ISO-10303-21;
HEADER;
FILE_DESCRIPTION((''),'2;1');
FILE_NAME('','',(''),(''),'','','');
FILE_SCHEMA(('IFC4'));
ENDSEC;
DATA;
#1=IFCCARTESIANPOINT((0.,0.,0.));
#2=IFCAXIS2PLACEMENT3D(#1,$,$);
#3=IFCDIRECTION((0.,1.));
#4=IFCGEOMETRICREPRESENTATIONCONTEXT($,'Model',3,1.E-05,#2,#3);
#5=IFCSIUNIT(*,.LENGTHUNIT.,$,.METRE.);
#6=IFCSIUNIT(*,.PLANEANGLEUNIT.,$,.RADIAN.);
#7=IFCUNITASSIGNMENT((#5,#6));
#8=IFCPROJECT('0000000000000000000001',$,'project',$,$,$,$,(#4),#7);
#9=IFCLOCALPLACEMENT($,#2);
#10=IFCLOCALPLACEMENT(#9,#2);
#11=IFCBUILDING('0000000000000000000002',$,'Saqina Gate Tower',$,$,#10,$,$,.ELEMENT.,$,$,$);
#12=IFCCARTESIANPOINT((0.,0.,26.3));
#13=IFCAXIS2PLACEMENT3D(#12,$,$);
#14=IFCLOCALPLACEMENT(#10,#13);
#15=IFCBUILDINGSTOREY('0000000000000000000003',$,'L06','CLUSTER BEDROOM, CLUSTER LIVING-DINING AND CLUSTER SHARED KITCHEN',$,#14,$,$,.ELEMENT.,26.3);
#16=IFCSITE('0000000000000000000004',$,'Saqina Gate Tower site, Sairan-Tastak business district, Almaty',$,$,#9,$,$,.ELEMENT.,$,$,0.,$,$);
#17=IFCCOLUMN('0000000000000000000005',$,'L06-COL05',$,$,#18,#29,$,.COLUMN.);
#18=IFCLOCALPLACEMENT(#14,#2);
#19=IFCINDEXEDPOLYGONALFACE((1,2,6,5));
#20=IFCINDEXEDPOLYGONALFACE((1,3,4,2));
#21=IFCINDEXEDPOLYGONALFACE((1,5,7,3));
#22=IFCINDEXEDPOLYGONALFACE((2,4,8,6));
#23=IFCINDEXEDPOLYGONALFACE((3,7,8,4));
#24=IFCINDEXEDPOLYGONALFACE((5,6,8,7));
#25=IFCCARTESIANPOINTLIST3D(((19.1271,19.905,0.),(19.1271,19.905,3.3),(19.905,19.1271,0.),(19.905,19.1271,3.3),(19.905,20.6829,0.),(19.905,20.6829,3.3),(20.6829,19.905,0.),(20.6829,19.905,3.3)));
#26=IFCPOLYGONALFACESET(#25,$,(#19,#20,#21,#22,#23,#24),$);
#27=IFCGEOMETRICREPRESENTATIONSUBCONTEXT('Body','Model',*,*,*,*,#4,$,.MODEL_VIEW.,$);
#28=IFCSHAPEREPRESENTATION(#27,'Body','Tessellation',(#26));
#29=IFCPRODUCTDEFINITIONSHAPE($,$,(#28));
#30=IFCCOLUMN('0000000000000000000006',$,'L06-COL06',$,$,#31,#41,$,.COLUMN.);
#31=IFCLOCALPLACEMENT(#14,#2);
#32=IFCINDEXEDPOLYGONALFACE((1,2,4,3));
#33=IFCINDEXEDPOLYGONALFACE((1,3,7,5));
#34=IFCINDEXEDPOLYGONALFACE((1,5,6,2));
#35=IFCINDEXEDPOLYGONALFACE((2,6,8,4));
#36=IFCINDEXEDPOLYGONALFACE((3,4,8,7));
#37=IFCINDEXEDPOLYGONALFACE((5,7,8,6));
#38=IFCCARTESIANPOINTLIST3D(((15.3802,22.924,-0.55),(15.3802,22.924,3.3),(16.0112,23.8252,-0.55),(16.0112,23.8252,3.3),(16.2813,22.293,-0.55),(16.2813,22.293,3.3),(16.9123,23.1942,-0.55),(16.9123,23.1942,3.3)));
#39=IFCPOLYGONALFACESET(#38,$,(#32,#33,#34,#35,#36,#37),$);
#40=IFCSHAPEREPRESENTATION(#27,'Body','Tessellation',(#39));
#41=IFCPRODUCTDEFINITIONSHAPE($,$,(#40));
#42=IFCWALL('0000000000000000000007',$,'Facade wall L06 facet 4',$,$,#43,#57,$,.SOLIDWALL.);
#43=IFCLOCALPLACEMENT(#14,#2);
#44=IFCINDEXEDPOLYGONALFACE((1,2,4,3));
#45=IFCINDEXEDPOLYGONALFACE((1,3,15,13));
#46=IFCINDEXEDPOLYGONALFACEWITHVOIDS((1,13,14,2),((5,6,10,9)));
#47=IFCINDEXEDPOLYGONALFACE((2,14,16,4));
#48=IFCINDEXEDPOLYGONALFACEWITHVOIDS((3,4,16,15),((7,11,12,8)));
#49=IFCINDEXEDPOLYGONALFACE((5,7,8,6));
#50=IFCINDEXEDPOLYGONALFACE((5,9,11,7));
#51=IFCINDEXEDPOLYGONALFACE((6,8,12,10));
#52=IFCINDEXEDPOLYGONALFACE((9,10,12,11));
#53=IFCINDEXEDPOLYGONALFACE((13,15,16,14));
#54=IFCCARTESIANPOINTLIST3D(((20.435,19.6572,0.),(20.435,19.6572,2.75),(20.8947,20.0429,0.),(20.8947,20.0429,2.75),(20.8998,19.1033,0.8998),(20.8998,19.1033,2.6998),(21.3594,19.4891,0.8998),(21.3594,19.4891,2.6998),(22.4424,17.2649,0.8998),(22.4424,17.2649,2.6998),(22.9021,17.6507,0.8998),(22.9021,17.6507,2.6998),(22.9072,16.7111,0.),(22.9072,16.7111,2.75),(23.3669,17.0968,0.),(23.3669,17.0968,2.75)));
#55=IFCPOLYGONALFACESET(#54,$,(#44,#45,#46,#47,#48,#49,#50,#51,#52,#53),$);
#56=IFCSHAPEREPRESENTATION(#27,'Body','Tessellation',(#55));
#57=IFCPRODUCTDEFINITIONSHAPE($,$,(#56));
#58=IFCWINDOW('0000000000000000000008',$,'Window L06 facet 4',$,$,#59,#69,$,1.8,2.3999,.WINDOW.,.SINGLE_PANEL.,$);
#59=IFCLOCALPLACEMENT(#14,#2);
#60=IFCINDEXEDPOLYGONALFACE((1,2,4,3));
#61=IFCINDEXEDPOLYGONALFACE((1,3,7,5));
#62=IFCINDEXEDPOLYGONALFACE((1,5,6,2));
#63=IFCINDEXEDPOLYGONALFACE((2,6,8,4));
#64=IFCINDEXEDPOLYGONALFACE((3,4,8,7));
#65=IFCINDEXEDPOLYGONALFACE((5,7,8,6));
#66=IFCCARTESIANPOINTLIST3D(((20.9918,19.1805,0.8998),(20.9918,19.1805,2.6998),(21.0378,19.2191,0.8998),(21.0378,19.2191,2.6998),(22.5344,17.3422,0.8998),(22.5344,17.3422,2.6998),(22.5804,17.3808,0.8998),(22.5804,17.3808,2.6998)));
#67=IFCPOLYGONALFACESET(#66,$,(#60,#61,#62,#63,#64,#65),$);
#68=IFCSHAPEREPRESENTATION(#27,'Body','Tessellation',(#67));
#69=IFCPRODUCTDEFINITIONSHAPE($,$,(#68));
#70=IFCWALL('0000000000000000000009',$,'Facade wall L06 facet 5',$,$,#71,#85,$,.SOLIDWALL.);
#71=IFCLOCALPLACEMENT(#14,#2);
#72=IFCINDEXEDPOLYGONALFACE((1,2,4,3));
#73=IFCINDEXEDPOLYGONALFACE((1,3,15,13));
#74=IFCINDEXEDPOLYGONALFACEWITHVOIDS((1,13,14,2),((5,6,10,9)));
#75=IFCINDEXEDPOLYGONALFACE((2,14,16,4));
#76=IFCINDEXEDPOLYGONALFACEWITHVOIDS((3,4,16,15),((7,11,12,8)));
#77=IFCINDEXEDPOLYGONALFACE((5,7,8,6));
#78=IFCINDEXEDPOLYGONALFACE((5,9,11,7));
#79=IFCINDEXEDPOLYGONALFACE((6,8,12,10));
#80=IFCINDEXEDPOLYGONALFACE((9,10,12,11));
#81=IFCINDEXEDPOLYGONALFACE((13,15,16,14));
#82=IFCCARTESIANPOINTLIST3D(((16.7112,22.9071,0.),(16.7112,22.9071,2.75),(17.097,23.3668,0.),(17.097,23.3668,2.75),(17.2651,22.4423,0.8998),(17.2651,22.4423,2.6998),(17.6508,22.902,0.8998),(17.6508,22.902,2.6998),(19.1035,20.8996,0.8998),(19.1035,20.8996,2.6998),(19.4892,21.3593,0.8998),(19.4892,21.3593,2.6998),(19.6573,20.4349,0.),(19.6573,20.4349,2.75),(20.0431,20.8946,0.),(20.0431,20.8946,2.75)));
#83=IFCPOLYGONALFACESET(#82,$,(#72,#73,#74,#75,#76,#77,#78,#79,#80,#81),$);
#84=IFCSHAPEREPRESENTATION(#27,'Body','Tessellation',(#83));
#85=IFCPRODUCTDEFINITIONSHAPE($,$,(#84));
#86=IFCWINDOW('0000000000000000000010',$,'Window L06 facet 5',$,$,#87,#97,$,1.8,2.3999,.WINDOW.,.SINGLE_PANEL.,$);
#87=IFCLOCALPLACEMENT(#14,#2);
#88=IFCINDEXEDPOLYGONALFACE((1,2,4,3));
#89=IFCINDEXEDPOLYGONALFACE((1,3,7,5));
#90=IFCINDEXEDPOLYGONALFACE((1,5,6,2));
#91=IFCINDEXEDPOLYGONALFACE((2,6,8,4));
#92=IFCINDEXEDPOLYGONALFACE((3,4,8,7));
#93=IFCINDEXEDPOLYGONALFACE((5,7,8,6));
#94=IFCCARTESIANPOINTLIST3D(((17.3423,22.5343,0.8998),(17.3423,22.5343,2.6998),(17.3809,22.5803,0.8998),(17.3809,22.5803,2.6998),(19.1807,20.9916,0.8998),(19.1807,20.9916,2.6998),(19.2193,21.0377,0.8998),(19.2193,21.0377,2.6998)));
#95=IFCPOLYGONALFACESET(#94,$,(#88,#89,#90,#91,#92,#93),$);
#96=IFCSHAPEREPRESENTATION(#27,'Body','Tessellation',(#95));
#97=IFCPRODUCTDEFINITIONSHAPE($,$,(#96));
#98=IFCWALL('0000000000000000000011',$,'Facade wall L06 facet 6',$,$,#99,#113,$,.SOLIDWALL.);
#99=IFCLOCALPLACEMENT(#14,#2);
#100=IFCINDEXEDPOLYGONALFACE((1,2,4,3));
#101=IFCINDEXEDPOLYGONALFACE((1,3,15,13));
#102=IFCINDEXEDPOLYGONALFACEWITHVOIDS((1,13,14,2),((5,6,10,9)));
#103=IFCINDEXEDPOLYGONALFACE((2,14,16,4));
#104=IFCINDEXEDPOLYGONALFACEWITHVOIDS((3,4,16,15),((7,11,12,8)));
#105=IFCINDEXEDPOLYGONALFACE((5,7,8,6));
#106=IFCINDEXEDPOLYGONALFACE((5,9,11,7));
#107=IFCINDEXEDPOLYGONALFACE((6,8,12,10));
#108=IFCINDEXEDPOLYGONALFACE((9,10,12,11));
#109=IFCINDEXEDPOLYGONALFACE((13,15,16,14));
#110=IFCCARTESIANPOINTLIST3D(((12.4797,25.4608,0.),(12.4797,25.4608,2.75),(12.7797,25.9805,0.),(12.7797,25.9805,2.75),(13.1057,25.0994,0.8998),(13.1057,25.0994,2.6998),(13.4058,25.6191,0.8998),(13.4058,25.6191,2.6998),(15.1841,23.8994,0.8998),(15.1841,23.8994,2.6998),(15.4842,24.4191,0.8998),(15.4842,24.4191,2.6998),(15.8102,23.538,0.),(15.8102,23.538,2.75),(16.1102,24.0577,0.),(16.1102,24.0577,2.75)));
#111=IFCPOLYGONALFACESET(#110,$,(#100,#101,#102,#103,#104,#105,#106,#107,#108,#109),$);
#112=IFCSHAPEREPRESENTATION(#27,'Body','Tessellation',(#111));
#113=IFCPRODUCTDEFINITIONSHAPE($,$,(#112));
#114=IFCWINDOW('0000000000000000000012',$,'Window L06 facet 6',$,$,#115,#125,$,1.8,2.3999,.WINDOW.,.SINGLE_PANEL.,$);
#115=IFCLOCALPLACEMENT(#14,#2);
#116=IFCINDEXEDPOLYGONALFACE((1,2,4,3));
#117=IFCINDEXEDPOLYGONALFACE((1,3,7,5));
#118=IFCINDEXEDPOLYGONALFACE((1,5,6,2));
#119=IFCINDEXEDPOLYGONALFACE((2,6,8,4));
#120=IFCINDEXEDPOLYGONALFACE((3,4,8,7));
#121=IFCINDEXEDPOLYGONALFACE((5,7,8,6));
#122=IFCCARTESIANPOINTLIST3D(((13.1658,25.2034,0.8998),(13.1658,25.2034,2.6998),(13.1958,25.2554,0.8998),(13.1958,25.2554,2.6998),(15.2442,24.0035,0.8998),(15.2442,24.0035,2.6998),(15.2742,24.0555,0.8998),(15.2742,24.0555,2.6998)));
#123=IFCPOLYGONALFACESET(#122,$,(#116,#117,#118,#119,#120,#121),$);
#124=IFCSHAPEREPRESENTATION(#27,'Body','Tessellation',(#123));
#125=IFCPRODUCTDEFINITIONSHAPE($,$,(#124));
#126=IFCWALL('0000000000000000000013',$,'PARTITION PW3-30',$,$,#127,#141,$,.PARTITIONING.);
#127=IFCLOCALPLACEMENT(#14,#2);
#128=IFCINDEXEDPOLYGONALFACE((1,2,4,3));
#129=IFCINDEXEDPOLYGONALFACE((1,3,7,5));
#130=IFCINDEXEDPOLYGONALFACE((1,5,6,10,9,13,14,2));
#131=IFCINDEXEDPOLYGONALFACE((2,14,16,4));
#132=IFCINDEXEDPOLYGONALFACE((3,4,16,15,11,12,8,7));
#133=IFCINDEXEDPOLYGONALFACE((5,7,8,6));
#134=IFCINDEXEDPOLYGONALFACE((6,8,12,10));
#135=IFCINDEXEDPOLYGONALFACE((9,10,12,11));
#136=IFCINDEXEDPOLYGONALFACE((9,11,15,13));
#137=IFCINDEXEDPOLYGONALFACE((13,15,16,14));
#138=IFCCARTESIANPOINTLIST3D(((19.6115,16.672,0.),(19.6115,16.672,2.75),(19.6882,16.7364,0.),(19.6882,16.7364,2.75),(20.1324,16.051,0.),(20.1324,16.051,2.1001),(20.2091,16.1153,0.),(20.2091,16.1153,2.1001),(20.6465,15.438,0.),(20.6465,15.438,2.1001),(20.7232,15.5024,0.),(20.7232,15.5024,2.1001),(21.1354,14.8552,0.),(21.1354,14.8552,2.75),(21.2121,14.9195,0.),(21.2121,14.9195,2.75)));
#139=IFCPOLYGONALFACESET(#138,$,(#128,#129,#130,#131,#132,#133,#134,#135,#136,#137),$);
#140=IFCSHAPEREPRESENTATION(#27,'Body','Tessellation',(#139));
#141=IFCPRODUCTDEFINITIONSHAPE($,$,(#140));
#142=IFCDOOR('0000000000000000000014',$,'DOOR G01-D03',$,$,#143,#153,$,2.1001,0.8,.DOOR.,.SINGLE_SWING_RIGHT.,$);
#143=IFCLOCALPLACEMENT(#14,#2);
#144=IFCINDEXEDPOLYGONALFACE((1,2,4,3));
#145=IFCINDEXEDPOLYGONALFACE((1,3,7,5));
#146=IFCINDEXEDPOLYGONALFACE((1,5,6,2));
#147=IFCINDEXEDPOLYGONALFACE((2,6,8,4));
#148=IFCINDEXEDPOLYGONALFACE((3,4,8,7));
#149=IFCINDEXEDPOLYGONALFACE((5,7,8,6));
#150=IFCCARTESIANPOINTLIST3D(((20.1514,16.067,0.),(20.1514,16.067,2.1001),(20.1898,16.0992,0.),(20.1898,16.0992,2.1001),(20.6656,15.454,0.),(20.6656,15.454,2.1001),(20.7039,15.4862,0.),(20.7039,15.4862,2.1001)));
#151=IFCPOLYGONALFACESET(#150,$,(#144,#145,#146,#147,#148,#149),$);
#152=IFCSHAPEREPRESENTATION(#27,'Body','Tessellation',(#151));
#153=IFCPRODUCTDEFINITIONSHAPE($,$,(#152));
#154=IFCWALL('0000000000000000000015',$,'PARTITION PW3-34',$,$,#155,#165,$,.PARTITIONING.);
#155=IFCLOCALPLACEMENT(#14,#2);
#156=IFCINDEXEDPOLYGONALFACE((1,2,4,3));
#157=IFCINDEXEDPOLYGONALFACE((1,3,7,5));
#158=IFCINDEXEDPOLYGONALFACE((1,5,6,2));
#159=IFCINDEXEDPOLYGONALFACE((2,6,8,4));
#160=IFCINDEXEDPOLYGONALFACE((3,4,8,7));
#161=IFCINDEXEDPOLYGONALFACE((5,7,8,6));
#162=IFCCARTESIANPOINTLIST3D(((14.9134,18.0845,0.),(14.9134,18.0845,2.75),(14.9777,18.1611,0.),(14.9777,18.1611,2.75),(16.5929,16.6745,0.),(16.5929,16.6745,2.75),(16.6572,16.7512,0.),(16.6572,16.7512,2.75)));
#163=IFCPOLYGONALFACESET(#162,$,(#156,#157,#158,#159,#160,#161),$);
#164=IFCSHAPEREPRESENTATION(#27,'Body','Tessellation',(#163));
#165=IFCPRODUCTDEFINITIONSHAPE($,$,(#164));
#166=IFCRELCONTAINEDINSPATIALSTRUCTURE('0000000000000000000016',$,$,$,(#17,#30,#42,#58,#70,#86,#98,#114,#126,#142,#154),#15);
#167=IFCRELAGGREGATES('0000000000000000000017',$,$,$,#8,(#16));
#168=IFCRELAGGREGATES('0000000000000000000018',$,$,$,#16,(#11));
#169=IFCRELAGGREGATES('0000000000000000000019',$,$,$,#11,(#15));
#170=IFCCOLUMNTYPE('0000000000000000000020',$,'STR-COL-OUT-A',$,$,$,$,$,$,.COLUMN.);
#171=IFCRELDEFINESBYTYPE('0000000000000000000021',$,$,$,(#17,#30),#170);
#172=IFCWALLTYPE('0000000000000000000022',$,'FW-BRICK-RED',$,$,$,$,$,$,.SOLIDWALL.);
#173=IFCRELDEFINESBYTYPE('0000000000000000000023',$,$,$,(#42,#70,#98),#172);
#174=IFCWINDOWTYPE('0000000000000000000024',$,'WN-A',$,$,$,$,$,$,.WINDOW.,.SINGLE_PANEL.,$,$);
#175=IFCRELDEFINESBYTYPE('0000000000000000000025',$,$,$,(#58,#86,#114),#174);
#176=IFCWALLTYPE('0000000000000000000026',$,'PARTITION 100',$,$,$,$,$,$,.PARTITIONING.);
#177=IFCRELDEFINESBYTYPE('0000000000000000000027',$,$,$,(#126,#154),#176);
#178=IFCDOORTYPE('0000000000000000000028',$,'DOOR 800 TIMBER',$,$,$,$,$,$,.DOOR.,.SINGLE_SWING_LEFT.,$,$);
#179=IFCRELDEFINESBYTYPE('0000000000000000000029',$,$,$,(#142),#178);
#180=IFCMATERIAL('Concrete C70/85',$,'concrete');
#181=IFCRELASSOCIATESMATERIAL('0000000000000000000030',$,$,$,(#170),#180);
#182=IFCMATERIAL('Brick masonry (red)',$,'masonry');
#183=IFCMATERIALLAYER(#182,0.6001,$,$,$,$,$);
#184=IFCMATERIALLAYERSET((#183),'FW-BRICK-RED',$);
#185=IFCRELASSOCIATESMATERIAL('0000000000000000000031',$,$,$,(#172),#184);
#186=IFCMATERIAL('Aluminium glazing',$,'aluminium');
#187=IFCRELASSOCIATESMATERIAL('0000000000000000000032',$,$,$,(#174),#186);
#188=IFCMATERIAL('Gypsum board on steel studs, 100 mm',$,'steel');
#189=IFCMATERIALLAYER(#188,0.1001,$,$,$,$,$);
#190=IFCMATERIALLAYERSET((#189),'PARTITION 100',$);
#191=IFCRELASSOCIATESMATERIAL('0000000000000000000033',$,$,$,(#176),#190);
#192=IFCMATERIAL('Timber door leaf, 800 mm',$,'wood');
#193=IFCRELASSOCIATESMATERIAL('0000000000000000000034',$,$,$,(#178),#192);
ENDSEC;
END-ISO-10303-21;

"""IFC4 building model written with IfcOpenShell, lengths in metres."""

from ifc_helpers import new_model, si_unit, direction, frame, frame_2d, origin, origin_2d, place, context, subcontext, project, spatial, rectangle, extrude, material, layer, layer_set, material_profile, profile_set, type_object, element, fill, save


model = new_model("IFC4")

# Units and contexts
model_context = context("Model", 3, precision=1e-05, world=origin(), true_north=direction((0.0, 1.0)))
body_context = subcontext(model_context, "Body", "Model", "MODEL_VIEW")
ifc_project = project(units=[si_unit("LENGTHUNIT", "METRE"), si_unit("PLANEANGLEUNIT", "RADIAN")], contexts=[model_context])

# Site, building, storey
site_placement = place(None, origin())
site = spatial("IfcSite", under=ifc_project, at=site_placement, Name="Saqina Gate Tower site, Sairan-Tastak business district, Almaty", CompositionType="ELEMENT", RefElevation=0.0)
building_placement = place(site_placement, origin())
building = spatial("IfcBuilding", under=site, at=building_placement, Name="Saqina Gate Tower", CompositionType="ELEMENT")
storey_placement = place(building_placement, frame((0.0, 0.0, 26.3)))
storey = spatial("IfcBuildingStorey", under=building, at=storey_placement, Name="L06", Description="CLUSTER BEDROOM, CLUSTER LIVING-DINING AND CLUSTER SHARED KITCHEN", CompositionType="ELEMENT", Elevation=26.3)

# Columns
ifc_material_1 = material(Name="Concrete C70/85", Category="concrete")
ifc_material_profile = material_profile(ifc_material_1, rectangle(XDim=1.1001, YDim=1.1001, at=origin_2d()), Name="RC 1100x1100")
ifc_profile_set = profile_set([ifc_material_profile], Name="Concrete C70/85")
column_type = type_object("IfcColumnType", Name="STR-COL-OUT-A", PredefinedType="COLUMN", material=ifc_profile_set)
column_1_placement = place(storey_placement, frame((19.905, 19.905, 0.0), z_axis=(0.0, 0.0, 1.0), x_axis=(0.707107, 0.707107, 0.0)))
element("IfcColumn", 1, at=column_1_placement, inside=storey, type_object=column_type, Name="L06-COL05", PredefinedType="COLUMN", context=body_context, shape_type="SweptSolid", body=[
    extrude(rectangle(XDim=1.1001, YDim=1.1001, at=origin_2d()), origin(), (0.0, 0.0, 1.0), 3.3),
])
column_2_placement = place(storey_placement, frame((16.1462, 23.0591, -0.55), z_axis=(0.0, 0.0, 1.0), x_axis=(0.573576, 0.819152, 0.0)))
element("IfcColumn", 2, at=column_2_placement, inside=storey, type_object=column_type, Name="L06-COL06", PredefinedType="COLUMN", context=body_context, shape_type="SweptSolid", body=[
    extrude(rectangle(XDim=1.1001, YDim=1.1001, at=origin_2d()), origin(), (0.0, 0.0, 1.0), 3.8501),
])

# Walls, openings, windows
ifc_material_2 = material(Name="Brick masonry (red)", Category="masonry")
ifc_layer_1 = layer(ifc_material_2, 0.6001)
ifc_layer_set_1 = layer_set([ifc_layer_1], Name="FW-BRICK-RED")
wall_type_1 = type_object("IfcWallType", Name="FW-BRICK-RED", PredefinedType="SOLIDWALL", material=ifc_layer_set_1)
wall_1_placement = place(storey_placement, frame((23.137, 16.9041, 0.0), z_axis=(0.0, 0.0, 1.0), x_axis=(-0.642809, 0.766026, 0.0)))
wall_1 = element("IfcWall", 3, at=wall_1_placement, inside=storey, type_object=wall_type_1, Name="Facade wall L06 facet 4", PredefinedType="SOLIDWALL", context=body_context, shape_type="SweptSolid", body=[
    extrude(rectangle(XDim=3.8459, YDim=0.6001, at=frame_2d((1.9229, 0.0))), origin(), (0.0, 0.0, 1.0), 2.75),
])
opening_1_placement = place(wall_1_placement, frame((0.7229, 0.0, 0.8999)))
opening_1 = element("IfcOpeningElement", 4, at=opening_1_placement, cuts=wall_1, PredefinedType="OPENING", context=body_context, shape_type="SweptSolid", body=[
    extrude(rectangle(XDim=2.3999, YDim=1.8, at=frame_2d((1.2, 0.8999))), frame((0.0, 0.312, 0.0), z_axis=(0.0, -1.0, 0.0), x_axis=(1.0, 0.0, 0.0)), (0.0, 0.0, 1.0), 0.624),
])
ifc_material_3 = material(Name="Aluminium glazing", Category="aluminium")
window_type = type_object("IfcWindowType", Name="WN-A", PartitioningType="SINGLE_PANEL", PredefinedType="WINDOW", material=ifc_material_3)
window_1_placement = place(opening_1_placement, origin())
window_1 = element("IfcWindow", 5, at=window_1_placement, inside=storey, type_object=window_type, Name="Window L06 facet 4", OverallHeight=1.8, OverallWidth=2.3999, PartitioningType="SINGLE_PANEL", PredefinedType="WINDOW", context=body_context, shape_type="SweptSolid", body=[
    extrude(rectangle(XDim=2.3999, YDim=1.8, at=frame_2d((1.2, 0.8999))), frame((0.0, 0.1799, 0.0), z_axis=(0.0, -1.0, 0.0), x_axis=(1.0, 0.0, 0.0)), (0.0, 0.0, 1.0), 0.0601),
])
fill(opening_1, window_1)
wall_2_placement = place(storey_placement, frame((19.8501, 20.6648, 0.0), z_axis=(0.0, 0.0, 1.0), x_axis=(-0.766026, 0.642809, 0.0)))
wall_2 = element("IfcWall", 6, at=wall_2_placement, inside=storey, type_object=wall_type_1, Name="Facade wall L06 facet 5", PredefinedType="SOLIDWALL", context=body_context, shape_type="SweptSolid", body=[
    extrude(rectangle(XDim=3.8459, YDim=0.6001, at=frame_2d((1.9229, 0.0))), origin(), (0.0, 0.0, 1.0), 2.75),
])
opening_2_placement = place(wall_2_placement, frame((0.7229, 0.0, 0.8999)))
opening_2 = element("IfcOpeningElement", 7, at=opening_2_placement, cuts=wall_2, PredefinedType="OPENING", context=body_context, shape_type="SweptSolid", body=[
    extrude(rectangle(XDim=2.3999, YDim=1.8, at=frame_2d((1.2, 0.8999))), frame((0.0, 0.312, 0.0), z_axis=(0.0, -1.0, 0.0), x_axis=(1.0, 0.0, 0.0)), (0.0, 0.0, 1.0), 0.624),
])
window_2_placement = place(opening_2_placement, origin())
window_2 = element("IfcWindow", 8, at=window_2_placement, inside=storey, type_object=window_type, Name="Window L06 facet 5", OverallHeight=1.8, OverallWidth=2.3999, PartitioningType="SINGLE_PANEL", PredefinedType="WINDOW", context=body_context, shape_type="SweptSolid", body=[
    extrude(rectangle(XDim=2.3999, YDim=1.8, at=frame_2d((1.2, 0.8999))), frame((0.0, 0.1799, 0.0), z_axis=(0.0, -1.0, 0.0), x_axis=(1.0, 0.0, 0.0)), (0.0, 0.0, 1.0), 0.0601),
])
fill(opening_2, window_2)
wall_3_placement = place(storey_placement, frame((15.9602, 23.7979, 0.0), z_axis=(0.0, 0.0, 1.0), x_axis=(-0.866031, 0.49999, 0.0)))
wall_3 = element("IfcWall", 9, at=wall_3_placement, inside=storey, type_object=wall_type_1, Name="Facade wall L06 facet 6", PredefinedType="SOLIDWALL", context=body_context, shape_type="SweptSolid", body=[
    extrude(rectangle(XDim=3.8457, YDim=0.6001, at=frame_2d((1.9229, 0.0))), origin(), (0.0, 0.0, 1.0), 2.75),
])
opening_3_placement = place(wall_3_placement, frame((0.7229, 0.0, 0.8999)))
opening_3 = element("IfcOpeningElement", 10, at=opening_3_placement, cuts=wall_3, PredefinedType="OPENING", context=body_context, shape_type="SweptSolid", body=[
    extrude(rectangle(XDim=2.3999, YDim=1.8, at=frame_2d((1.2, 0.8999))), frame((0.0, 0.312, 0.0), z_axis=(0.0, -1.0, 0.0), x_axis=(1.0, 0.0, 0.0)), (0.0, 0.0, 1.0), 0.624),
])
window_3_placement = place(opening_3_placement, origin())
window_3 = element("IfcWindow", 11, at=window_3_placement, inside=storey, type_object=window_type, Name="Window L06 facet 6", OverallHeight=1.8, OverallWidth=2.3999, PartitioningType="SINGLE_PANEL", PredefinedType="WINDOW", context=body_context, shape_type="SweptSolid", body=[
    extrude(rectangle(XDim=2.3999, YDim=1.8, at=frame_2d((1.2, 0.8999))), frame((0.0, 0.1799, 0.0), z_axis=(0.0, -1.0, 0.0), x_axis=(1.0, 0.0, 0.0)), (0.0, 0.0, 1.0), 0.0601),
])
fill(opening_3, window_3)

# Wall, opening, door
ifc_material_4 = material(Name="Gypsum board on steel studs, 100 mm", Category="steel")
ifc_layer_2 = layer(ifc_material_4, 0.1001)
ifc_layer_set_2 = layer_set([ifc_layer_2], Name="PARTITION 100")
wall_type_2 = type_object("IfcWallType", Name="PARTITION 100", PredefinedType="PARTITIONING", material=ifc_layer_set_2)
wall_4_placement = place(storey_placement, frame((19.6499, 16.7041, 0.0), z_axis=(0.0, 0.0, 1.0), x_axis=(0.642632, -0.766175, 0.0)))
wall_4 = element("IfcWall", 12, at=wall_4_placement, inside=storey, type_object=wall_type_2, Name="PARTITION PW3-30", PredefinedType="PARTITIONING", context=body_context, shape_type="SweptSolid", body=[
    extrude(rectangle(XDim=2.3713, YDim=0.1001, at=frame_2d((1.1855, 0.0))), origin(), (0.0, 0.0, 1.0), 2.75),
])
opening_4_placement = place(wall_4_placement, frame((0.8105, 0.0, 0.0)))
opening_4 = element("IfcOpeningElement", 13, at=opening_4_placement, cuts=wall_4, PredefinedType="OPENING", context=body_context, shape_type="SweptSolid", body=[
    extrude(rectangle(XDim=0.8, YDim=2.1001, at=frame_2d((0.3999, 1.05))), frame((0.0, 0.062, 0.0), z_axis=(0.0, -1.0, 0.0), x_axis=(1.0, 0.0, 0.0)), (0.0, 0.0, 1.0), 0.124),
])
ifc_material_5 = material(Name="Timber door leaf, 800 mm", Category="wood")
door_type_1 = type_object("IfcDoorType", Name="DOOR 800 TIMBER", OperationType="SINGLE_SWING_LEFT", PredefinedType="DOOR", material=ifc_material_5)
door_1_placement = place(opening_4_placement, origin())
door_1 = element("IfcDoor", 14, at=door_1_placement, inside=storey, type_object=door_type_1, Name="DOOR G01-D03", OperationType="SINGLE_SWING_RIGHT", OverallHeight=2.1001, OverallWidth=0.8, PredefinedType="DOOR", context=body_context, shape_type="SweptSolid", body=[
    extrude(rectangle(XDim=0.8, YDim=2.1001, at=frame_2d((0.3999, 1.05))), frame((0.0, 0.0249, 0.0), z_axis=(0.0, -1.0, 0.0), x_axis=(1.0, 0.0, 0.0)), (0.0, 0.0, 1.0), 0.05),
])
fill(opening_4, door_1)

# Wall
wall_5_placement = place(storey_placement, frame((14.9456, 18.1228, 0.0), z_axis=(0.0, 0.0, 1.0), x_axis=(0.765889, -0.642973, 0.0)))
element("IfcWall", 15, at=wall_5_placement, inside=storey, type_object=wall_type_2, Name="PARTITION PW3-34", PredefinedType="PARTITIONING", context=body_context, shape_type="SweptSolid", body=[
    extrude(rectangle(XDim=2.1929, YDim=0.1001, at=frame_2d((1.0964, 0.0))), origin(), (0.0, 0.0, 1.0), 2.75),
])

save(model, "model.ifc")
